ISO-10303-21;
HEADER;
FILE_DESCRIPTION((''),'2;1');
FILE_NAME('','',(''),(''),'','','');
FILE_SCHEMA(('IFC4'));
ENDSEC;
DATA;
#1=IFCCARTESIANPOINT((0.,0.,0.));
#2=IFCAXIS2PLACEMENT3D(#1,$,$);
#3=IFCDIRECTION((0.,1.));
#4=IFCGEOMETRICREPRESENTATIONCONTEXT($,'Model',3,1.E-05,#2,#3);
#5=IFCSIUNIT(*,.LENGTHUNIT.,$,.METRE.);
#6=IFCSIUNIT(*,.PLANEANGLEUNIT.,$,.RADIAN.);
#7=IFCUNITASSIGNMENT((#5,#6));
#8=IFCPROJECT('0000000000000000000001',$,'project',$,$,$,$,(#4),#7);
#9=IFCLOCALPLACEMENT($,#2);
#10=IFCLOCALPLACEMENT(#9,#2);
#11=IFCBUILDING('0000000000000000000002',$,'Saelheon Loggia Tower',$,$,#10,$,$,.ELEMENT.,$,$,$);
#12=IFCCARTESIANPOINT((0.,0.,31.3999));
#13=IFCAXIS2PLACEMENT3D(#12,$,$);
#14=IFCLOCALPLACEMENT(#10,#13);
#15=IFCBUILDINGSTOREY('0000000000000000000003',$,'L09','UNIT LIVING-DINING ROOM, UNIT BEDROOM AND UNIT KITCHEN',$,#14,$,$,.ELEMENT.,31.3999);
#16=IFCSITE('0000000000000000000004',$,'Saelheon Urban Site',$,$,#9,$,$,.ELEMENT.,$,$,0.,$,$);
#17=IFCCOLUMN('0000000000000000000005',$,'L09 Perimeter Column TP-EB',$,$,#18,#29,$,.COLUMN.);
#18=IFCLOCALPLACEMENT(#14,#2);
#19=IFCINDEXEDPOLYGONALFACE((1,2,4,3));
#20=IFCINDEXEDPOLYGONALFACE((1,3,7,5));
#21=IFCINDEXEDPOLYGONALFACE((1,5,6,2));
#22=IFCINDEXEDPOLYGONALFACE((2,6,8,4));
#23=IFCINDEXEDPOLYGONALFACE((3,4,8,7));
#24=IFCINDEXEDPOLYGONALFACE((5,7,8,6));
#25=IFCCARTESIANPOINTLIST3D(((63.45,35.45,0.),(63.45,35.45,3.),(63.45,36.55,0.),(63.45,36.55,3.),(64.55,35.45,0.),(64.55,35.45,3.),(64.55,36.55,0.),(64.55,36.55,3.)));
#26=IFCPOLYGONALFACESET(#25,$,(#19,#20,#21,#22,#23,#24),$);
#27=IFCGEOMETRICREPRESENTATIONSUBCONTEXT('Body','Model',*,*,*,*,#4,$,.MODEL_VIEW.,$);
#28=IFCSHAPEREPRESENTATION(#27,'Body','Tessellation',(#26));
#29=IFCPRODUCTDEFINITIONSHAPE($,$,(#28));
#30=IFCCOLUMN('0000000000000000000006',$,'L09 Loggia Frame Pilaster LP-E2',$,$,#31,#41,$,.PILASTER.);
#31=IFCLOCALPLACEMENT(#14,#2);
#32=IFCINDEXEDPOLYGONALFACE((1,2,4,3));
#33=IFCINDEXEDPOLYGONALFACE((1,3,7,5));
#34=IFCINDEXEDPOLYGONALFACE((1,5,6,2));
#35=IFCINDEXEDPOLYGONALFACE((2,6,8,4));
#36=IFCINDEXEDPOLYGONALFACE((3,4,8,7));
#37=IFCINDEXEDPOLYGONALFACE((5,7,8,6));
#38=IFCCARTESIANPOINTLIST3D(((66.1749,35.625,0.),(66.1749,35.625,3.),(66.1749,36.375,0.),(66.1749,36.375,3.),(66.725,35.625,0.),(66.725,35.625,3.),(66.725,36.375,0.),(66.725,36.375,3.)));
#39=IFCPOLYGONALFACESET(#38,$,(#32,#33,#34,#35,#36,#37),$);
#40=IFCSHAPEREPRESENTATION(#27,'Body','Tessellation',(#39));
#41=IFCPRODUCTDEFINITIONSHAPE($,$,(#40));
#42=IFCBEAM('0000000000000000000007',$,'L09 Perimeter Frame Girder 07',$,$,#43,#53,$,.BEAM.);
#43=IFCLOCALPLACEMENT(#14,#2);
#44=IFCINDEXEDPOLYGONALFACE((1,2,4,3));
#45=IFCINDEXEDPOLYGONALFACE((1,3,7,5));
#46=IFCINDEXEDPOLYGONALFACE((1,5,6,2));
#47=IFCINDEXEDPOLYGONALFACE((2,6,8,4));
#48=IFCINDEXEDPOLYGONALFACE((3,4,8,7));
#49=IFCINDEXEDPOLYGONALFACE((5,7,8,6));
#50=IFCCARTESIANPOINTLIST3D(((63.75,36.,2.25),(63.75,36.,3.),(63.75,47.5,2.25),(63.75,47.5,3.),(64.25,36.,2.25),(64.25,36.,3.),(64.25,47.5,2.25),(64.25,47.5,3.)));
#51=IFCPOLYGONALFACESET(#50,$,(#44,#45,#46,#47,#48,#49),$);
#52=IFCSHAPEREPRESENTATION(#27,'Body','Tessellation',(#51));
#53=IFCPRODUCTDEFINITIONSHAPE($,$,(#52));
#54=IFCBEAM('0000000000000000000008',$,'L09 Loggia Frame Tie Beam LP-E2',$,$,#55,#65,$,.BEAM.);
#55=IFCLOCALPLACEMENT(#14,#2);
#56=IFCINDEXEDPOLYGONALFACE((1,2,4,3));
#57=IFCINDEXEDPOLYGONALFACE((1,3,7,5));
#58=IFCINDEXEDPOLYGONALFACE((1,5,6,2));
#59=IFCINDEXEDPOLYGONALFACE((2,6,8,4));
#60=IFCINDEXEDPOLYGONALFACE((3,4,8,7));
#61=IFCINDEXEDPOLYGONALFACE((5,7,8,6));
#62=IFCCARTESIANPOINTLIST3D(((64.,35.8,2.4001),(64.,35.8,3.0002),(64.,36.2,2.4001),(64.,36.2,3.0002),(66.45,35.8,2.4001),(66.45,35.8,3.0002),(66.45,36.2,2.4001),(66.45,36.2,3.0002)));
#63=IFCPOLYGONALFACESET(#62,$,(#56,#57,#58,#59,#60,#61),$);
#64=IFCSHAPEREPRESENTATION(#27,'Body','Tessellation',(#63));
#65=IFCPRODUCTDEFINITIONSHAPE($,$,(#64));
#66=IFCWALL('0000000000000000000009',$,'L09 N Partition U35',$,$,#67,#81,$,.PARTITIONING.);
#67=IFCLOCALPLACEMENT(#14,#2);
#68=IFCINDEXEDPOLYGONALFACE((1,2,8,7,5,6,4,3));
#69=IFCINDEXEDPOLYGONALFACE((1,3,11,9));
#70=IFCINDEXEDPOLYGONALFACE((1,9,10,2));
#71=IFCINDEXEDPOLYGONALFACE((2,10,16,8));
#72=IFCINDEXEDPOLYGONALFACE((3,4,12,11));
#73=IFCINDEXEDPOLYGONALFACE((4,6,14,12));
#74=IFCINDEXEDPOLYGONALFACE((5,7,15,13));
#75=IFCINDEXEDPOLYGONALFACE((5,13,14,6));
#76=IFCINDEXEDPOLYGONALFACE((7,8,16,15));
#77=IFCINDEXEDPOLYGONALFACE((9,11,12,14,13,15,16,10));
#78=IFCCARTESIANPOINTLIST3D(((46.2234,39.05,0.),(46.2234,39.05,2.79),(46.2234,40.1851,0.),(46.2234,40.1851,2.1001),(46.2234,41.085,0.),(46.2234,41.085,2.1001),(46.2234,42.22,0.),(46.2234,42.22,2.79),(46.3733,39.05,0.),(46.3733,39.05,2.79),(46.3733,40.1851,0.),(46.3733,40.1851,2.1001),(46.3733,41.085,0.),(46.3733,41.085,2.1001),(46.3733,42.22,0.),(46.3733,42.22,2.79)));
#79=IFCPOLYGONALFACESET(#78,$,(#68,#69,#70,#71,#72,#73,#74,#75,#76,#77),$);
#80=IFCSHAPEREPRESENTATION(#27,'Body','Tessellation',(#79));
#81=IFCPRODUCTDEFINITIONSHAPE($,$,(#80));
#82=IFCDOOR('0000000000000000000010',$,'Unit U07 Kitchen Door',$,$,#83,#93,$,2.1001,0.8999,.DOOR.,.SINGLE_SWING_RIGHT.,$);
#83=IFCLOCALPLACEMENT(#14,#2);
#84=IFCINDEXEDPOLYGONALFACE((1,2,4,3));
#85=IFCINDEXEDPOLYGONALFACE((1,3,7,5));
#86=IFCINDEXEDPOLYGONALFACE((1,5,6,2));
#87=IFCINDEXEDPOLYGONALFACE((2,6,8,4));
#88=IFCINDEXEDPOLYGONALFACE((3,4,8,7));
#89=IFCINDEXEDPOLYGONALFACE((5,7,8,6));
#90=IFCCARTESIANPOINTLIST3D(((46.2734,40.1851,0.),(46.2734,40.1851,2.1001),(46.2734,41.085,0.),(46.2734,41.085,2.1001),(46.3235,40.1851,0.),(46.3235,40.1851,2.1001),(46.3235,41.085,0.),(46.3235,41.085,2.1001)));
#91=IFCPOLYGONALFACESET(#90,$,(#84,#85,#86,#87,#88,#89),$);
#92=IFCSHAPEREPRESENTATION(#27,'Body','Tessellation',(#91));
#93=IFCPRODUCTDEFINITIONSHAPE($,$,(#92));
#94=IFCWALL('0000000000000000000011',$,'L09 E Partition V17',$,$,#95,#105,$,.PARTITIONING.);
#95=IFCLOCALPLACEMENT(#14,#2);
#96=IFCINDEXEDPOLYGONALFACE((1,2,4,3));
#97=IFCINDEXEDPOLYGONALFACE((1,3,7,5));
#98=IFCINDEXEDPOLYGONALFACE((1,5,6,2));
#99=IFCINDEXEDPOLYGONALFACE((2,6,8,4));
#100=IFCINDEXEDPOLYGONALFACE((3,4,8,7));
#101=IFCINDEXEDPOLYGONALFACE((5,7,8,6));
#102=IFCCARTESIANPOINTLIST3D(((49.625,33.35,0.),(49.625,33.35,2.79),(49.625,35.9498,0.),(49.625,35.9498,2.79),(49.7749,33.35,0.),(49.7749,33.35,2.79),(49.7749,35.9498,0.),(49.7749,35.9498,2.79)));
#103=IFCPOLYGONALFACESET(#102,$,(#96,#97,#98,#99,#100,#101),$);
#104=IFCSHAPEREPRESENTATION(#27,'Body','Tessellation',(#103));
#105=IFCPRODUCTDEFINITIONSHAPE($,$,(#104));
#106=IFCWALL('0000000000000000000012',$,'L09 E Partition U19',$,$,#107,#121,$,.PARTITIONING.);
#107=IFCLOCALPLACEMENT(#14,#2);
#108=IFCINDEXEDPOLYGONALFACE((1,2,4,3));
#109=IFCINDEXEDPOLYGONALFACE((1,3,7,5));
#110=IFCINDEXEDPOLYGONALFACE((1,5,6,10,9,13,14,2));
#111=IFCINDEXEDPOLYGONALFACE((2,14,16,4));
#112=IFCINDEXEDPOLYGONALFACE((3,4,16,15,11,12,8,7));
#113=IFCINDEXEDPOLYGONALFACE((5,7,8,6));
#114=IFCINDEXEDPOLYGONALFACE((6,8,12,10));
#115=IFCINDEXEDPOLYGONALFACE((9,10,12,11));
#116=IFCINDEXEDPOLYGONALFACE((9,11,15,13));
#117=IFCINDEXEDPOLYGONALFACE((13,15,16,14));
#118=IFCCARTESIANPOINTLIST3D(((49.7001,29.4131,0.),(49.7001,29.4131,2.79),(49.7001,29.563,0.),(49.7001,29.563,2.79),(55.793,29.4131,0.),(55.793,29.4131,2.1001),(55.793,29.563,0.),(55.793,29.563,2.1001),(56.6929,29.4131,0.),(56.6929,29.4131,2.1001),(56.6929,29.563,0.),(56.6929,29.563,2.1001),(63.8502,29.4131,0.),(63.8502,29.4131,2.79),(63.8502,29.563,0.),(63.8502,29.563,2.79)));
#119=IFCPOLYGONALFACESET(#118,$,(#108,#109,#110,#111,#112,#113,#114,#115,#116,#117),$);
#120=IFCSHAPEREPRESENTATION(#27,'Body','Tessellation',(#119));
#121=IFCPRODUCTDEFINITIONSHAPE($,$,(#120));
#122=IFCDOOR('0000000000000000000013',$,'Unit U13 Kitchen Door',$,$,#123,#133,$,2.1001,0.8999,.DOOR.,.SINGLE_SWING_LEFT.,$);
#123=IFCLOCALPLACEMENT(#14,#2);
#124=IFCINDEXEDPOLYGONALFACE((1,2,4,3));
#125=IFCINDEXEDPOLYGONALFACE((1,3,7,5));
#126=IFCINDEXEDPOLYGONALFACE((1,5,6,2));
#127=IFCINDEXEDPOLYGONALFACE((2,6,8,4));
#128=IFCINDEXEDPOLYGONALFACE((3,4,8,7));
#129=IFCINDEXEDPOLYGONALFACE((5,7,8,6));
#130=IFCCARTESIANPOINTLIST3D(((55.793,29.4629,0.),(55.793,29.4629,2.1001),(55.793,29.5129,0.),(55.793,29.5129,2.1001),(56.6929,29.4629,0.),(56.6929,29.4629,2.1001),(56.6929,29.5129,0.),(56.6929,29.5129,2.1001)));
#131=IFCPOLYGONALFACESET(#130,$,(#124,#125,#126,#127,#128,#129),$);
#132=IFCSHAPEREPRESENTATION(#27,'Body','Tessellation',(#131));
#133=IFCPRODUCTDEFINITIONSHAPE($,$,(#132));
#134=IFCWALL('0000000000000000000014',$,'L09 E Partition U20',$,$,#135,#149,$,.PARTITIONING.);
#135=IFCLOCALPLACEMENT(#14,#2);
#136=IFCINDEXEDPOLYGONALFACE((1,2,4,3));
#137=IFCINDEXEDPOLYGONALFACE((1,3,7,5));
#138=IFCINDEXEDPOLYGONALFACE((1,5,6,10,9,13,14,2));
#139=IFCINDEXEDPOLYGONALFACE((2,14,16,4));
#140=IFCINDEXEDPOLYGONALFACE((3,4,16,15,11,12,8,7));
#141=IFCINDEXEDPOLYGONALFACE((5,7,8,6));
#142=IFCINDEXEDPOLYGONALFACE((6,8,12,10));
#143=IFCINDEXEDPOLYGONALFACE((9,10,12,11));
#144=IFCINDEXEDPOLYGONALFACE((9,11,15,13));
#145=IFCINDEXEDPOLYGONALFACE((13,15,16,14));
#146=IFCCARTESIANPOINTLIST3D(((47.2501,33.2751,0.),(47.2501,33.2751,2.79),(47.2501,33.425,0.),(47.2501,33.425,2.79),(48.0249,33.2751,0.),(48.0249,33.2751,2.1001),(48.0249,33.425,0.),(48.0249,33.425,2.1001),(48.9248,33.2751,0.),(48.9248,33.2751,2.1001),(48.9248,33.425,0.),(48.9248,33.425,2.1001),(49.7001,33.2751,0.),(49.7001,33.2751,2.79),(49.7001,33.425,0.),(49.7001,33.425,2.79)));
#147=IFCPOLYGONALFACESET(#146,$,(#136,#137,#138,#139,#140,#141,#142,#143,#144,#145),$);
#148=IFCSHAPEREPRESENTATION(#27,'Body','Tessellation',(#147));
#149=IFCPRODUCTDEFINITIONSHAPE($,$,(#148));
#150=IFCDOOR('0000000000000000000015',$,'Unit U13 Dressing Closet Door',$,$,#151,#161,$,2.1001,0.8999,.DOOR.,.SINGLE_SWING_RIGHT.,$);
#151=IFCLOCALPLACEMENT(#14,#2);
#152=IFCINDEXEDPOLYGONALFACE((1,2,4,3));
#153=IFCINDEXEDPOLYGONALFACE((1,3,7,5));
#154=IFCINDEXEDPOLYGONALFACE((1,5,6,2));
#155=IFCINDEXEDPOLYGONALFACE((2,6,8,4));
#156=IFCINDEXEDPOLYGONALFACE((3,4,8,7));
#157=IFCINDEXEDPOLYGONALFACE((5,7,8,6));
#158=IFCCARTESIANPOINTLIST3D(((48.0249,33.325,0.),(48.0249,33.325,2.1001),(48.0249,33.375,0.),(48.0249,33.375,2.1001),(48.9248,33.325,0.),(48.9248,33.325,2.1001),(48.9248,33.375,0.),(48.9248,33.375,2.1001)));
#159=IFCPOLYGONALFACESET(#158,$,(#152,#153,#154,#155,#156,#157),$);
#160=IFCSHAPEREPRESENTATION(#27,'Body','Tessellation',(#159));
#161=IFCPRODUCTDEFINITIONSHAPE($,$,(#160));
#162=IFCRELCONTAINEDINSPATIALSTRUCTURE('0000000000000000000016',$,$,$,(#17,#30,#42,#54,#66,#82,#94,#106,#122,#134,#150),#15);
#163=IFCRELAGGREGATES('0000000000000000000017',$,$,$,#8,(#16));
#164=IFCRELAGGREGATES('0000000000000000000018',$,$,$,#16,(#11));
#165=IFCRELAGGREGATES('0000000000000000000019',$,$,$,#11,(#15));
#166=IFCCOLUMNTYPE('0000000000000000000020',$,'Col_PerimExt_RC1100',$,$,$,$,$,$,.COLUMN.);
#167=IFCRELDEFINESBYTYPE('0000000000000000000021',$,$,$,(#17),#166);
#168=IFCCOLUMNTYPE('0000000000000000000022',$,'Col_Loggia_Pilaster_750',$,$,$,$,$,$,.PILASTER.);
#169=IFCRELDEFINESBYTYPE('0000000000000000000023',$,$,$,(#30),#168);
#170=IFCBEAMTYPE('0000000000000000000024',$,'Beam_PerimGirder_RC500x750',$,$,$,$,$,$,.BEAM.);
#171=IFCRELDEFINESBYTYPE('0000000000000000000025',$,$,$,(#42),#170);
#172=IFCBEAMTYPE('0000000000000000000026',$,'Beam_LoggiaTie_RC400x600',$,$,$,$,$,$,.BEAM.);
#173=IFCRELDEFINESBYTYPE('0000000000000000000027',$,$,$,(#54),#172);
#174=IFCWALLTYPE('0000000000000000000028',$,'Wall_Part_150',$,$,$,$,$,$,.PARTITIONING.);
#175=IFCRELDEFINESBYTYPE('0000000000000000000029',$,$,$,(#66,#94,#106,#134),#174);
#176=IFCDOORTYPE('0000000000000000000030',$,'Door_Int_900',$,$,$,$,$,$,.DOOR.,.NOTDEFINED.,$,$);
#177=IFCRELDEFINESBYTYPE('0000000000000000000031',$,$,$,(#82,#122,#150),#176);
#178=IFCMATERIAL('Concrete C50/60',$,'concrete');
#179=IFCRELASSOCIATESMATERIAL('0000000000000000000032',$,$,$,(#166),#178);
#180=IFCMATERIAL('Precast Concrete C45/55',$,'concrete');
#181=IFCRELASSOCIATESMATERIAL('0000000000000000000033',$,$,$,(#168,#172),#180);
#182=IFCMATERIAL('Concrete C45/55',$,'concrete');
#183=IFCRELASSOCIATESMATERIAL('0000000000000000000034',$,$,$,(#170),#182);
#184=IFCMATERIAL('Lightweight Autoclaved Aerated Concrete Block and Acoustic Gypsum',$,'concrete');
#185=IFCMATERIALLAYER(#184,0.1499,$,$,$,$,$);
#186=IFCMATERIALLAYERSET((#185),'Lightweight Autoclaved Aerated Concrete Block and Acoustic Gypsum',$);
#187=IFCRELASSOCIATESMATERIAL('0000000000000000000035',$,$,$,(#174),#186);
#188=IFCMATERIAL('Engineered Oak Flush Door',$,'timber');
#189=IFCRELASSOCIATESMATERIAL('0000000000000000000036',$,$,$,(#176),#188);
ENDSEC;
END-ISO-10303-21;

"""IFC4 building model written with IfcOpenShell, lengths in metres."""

from ifc_helpers import new_model, si_unit, direction, frame, frame_2d, origin, origin_2d, place, context, subcontext, project, spatial, rectangle, extrude, source, transform, mapped, material, layer, layer_set, material_profile, profile_set, type_object, element, fill, save


model = new_model("IFC4")

# Units and contexts
model_context = context("Model", 3, precision=1e-05, world=origin(), true_north=direction((0.0, 1.0)))
body_context = subcontext(model_context, "Body", "Model", "MODEL_VIEW")
ifc_project = project(units=[si_unit("LENGTHUNIT", "METRE"), si_unit("PLANEANGLEUNIT", "RADIAN")], contexts=[model_context])

# Site, building, storey
site_placement = place(None, origin())
site = spatial("IfcSite", under=ifc_project, at=site_placement, Name="Saelheon Urban Site", CompositionType="ELEMENT", RefElevation=0.0)
building_placement = place(site_placement, origin())
building = spatial("IfcBuilding", under=site, at=building_placement, Name="Saelheon Loggia Tower", CompositionType="ELEMENT")
storey_placement = place(building_placement, frame((0.0, 0.0, 31.3999)))
storey = spatial("IfcBuildingStorey", under=building, at=storey_placement, Name="L09", Description="UNIT LIVING-DINING ROOM, UNIT BEDROOM AND UNIT KITCHEN", CompositionType="ELEMENT", Elevation=31.3999)

# Columns
ifc_material_1 = material(Name="Concrete C50/60", Category="concrete")
ifc_material_profile_1 = material_profile(ifc_material_1, rectangle(XDim=1.1001, YDim=1.1001, at=origin_2d()), Name="RC-1100x1100")
ifc_profile_set_1 = profile_set([ifc_material_profile_1], Name="Concrete C50/60")
column_type_1 = type_object("IfcColumnType", Name="Col_PerimExt_RC1100", PredefinedType="COLUMN", material=ifc_profile_set_1)
shared_shape_1 = source(origin(), body_context, "Body", "SweptSolid", [
    extrude(rectangle(XDim=1.1001, YDim=1.1001, at=origin_2d()), origin(), (0.0, 0.0, 1.0), 3.0),
])
column_1_placement = place(storey_placement, frame((64.0, 36.0, 0.0), z_axis=(0.0, 0.0, 1.0), x_axis=(1.0, 0.0, 0.0)))
element("IfcColumn", 1, at=column_1_placement, inside=storey, type_object=column_type_1, Name="L09 Perimeter Column TP-EB", PredefinedType="COLUMN", context=body_context, shape_type="MappedRepresentation", body=[
    mapped(shared_shape_1, transform((0.0, 0.0, 0.0), scale=1.0)),
])
ifc_material_2 = material(Name="Precast Concrete C45/55", Category="concrete")
ifc_material_profile_2 = material_profile(ifc_material_2, rectangle(XDim=0.55, YDim=0.75, at=origin_2d()), Name="RC-550x750")
ifc_profile_set_2 = profile_set([ifc_material_profile_2], Name="Precast Concrete C45/55")
column_type_2 = type_object("IfcColumnType", Name="Col_Loggia_Pilaster_750", PredefinedType="PILASTER", material=ifc_profile_set_2)
shared_shape_2 = source(origin(), body_context, "Body", "SweptSolid", [
    extrude(rectangle(XDim=0.55, YDim=0.75, at=origin_2d()), origin(), (0.0, 0.0, 1.0), 3.0),
])
column_2_placement = place(storey_placement, frame((66.45, 36.0, 0.0), z_axis=(0.0, 0.0, 1.0), x_axis=(1.0, 0.0, 0.0)))
element("IfcColumn", 2, at=column_2_placement, inside=storey, type_object=column_type_2, Name="L09 Loggia Frame Pilaster LP-E2", PredefinedType="PILASTER", context=body_context, shape_type="MappedRepresentation", body=[
    mapped(shared_shape_2, transform((0.0, 0.0, 0.0), scale=1.0)),
])

# Beams
ifc_material_3 = material(Name="Concrete C45/55", Category="concrete")
ifc_material_profile_3 = material_profile(ifc_material_3, rectangle(XDim=0.5, YDim=0.75, at=origin_2d()), Name="RC-500x750")
ifc_profile_set_3 = profile_set([ifc_material_profile_3], Name="Concrete C45/55")
beam_type_1 = type_object("IfcBeamType", Name="Beam_PerimGirder_RC500x750", PredefinedType="BEAM", material=ifc_profile_set_3)
shared_shape_3 = source(origin(), body_context, "Body", "SweptSolid", [
    extrude(rectangle(XDim=0.5, YDim=0.75, at=origin_2d()), origin(), (0.0, 0.0, 1.0), 11.5),
])
beam_1_placement = place(storey_placement, frame((64.0, 36.0, 2.625), z_axis=(0.0, 1.0, 0.0), x_axis=(-1.0, 0.0, 0.0)))
element("IfcBeam", 3, at=beam_1_placement, inside=storey, type_object=beam_type_1, Name="L09 Perimeter Frame Girder 07", PredefinedType="BEAM", context=body_context, shape_type="MappedRepresentation", body=[
    mapped(shared_shape_3, transform((0.0, 0.0, 0.0), scale=1.0)),
])
ifc_material_profile_4 = material_profile(ifc_material_2, rectangle(XDim=0.3999, YDim=0.6001, at=origin_2d()), Name="RC-400x600")
ifc_profile_set_4 = profile_set([ifc_material_profile_4], Name="Precast Concrete C45/55")
beam_type_2 = type_object("IfcBeamType", Name="Beam_LoggiaTie_RC400x600", PredefinedType="BEAM", material=ifc_profile_set_4)
shared_shape_4 = source(origin(), body_context, "Body", "SweptSolid", [
    extrude(rectangle(XDim=0.3999, YDim=0.6001, at=origin_2d()), origin(), (0.0, 0.0, 1.0), 2.45),
])
beam_2_placement = place(storey_placement, frame((64.0, 36.0, 2.7002), z_axis=(1.0, 0.0, 0.0), x_axis=(0.0, 1.0, 0.0)))
element("IfcBeam", 4, at=beam_2_placement, inside=storey, type_object=beam_type_2, Name="L09 Loggia Frame Tie Beam LP-E2", PredefinedType="BEAM", context=body_context, shape_type="MappedRepresentation", body=[
    mapped(shared_shape_4, transform((0.0, 0.0, 0.0), scale=1.0)),
])

# Wall, opening, door
ifc_material_4 = material(Name="Lightweight Autoclaved Aerated Concrete Block and Acoustic Gypsum", Category="concrete")
ifc_layer_1 = layer(ifc_material_4, 0.1499)
ifc_layer_set_1 = layer_set([ifc_layer_1], Name="Lightweight Autoclaved Aerated Concrete Block and Acoustic Gypsum")
wall_type_1 = type_object("IfcWallType", Name="Wall_Part_150", PredefinedType="PARTITIONING", material=ifc_layer_set_1)
wall_1_placement = place(storey_placement, frame((46.2983, 39.05, 0.0), z_axis=(0.0, 0.0, 1.0), x_axis=(0.0, 1.0, 0.0)))
wall_1 = element("IfcWall", 5, at=wall_1_placement, inside=storey, type_object=wall_type_1, Name="L09 N Partition U35", PredefinedType="PARTITIONING", context=body_context, shape_type="SweptSolid", body=[
    extrude(rectangle(XDim=3.1699, YDim=0.1499, at=frame_2d((1.585, 0.0))), origin(), (0.0, 0.0, 1.0), 2.79),
])
opening_1_placement = place(wall_1_placement, frame((1.135, 0.0, 0.0)))
opening_1 = element("IfcOpeningElement", 6, at=opening_1_placement, cuts=wall_1, PredefinedType="OPENING", context=body_context, shape_type="SweptSolid", body=[
    extrude(rectangle(XDim=0.8999, YDim=2.1001, at=frame_2d((0.45, 1.05))), frame((0.0, 0.0869, 0.0), z_axis=(0.0, -1.0, 0.0), x_axis=(1.0, 0.0, 0.0)), (0.0, 0.0, 1.0), 0.1738),
])
ifc_material_5 = material(Name="Engineered Oak Flush Door", Category="timber")
door_type_1 = type_object("IfcDoorType", Name="Door_Int_900", OperationType="NOTDEFINED", PredefinedType="DOOR", material=ifc_material_5)
shared_shape_5 = source(origin(), body_context, "Body", "SweptSolid", [
    extrude(rectangle(XDim=0.8999, YDim=2.1001, at=frame_2d((0.45, 1.05))), frame((0.0, 0.0249, 0.0), z_axis=(0.0, -1.0, 0.0), x_axis=(1.0, 0.0, 0.0)), (0.0, 0.0, 1.0), 0.05),
])
door_1_placement = place(opening_1_placement, origin())
door_1 = element("IfcDoor", 7, at=door_1_placement, inside=storey, type_object=door_type_1, Name="Unit U07 Kitchen Door", OperationType="SINGLE_SWING_RIGHT", OverallHeight=2.1001, OverallWidth=0.8999, PredefinedType="DOOR", context=body_context, shape_type="MappedRepresentation", body=[
    mapped(shared_shape_5, transform((0.0, 0.0, 0.0), scale=1.0)),
])
fill(opening_1, door_1)

# Wall
wall_2_placement = place(storey_placement, frame((49.7, 33.3501, 0.0), z_axis=(0.0, 0.0, 1.0), x_axis=(0.0, 1.0, 0.0)))
element("IfcWall", 8, at=wall_2_placement, inside=storey, type_object=wall_type_1, Name="L09 E Partition V17", PredefinedType="PARTITIONING", context=body_context, shape_type="SweptSolid", body=[
    extrude(rectangle(XDim=2.5999, YDim=0.1499, at=frame_2d((1.2998, 0.0))), origin(), (0.0, 0.0, 1.0), 2.79),
])

# Walls, openings, doors
wall_3_placement = place(storey_placement, frame((49.7, 29.488, 0.0), z_axis=(0.0, 0.0, 1.0), x_axis=(1.0, 0.0, 0.0)))
wall_3 = element("IfcWall", 9, at=wall_3_placement, inside=storey, type_object=wall_type_1, Name="L09 E Partition U19", PredefinedType="PARTITIONING", context=body_context, shape_type="SweptSolid", body=[
    extrude(rectangle(XDim=14.1501, YDim=0.1499, at=frame_2d((7.0752, 0.0))), origin(), (0.0, 0.0, 1.0), 2.79),
])
opening_2_placement = place(wall_3_placement, frame((6.093, 0.0, 0.0)))
opening_2 = element("IfcOpeningElement", 10, at=opening_2_placement, cuts=wall_3, PredefinedType="OPENING", context=body_context, shape_type="SweptSolid", body=[
    extrude(rectangle(XDim=0.8999, YDim=2.1001, at=frame_2d((0.45, 1.05))), frame((0.0, 0.0869, 0.0), z_axis=(0.0, -1.0, 0.0), x_axis=(1.0, 0.0, 0.0)), (0.0, 0.0, 1.0), 0.1738),
])
door_2_placement = place(opening_2_placement, origin())
door_2 = element("IfcDoor", 11, at=door_2_placement, inside=storey, type_object=door_type_1, Name="Unit U13 Kitchen Door", OperationType="SINGLE_SWING_LEFT", OverallHeight=2.1001, OverallWidth=0.8999, PredefinedType="DOOR", context=body_context, shape_type="MappedRepresentation", body=[
    mapped(shared_shape_5, transform((0.0, 0.0, 0.0), scale=1.0)),
])
fill(opening_2, door_2)
wall_4_placement = place(storey_placement, frame((47.25, 33.3501, 0.0), z_axis=(0.0, 0.0, 1.0), x_axis=(1.0, 0.0, 0.0)))
wall_4 = element("IfcWall", 12, at=wall_4_placement, inside=storey, type_object=wall_type_1, Name="L09 E Partition U20", PredefinedType="PARTITIONING", context=body_context, shape_type="SweptSolid", body=[
    extrude(rectangle(XDim=2.45, YDim=0.1499, at=frame_2d((1.2251, 0.0))), origin(), (0.0, 0.0, 1.0), 2.79),
])
opening_3_placement = place(wall_4_placement, frame((0.7749, 0.0, 0.0)))
opening_3 = element("IfcOpeningElement", 13, at=opening_3_placement, cuts=wall_4, PredefinedType="OPENING", context=body_context, shape_type="SweptSolid", body=[
    extrude(rectangle(XDim=0.8999, YDim=2.1001, at=frame_2d((0.45, 1.05))), frame((0.0, 0.0869, 0.0), z_axis=(0.0, -1.0, 0.0), x_axis=(1.0, 0.0, 0.0)), (0.0, 0.0, 1.0), 0.1738),
])
door_3_placement = place(opening_3_placement, origin())
door_3 = element("IfcDoor", 14, at=door_3_placement, inside=storey, type_object=door_type_1, Name="Unit U13 Dressing Closet Door", OperationType="SINGLE_SWING_RIGHT", OverallHeight=2.1001, OverallWidth=0.8999, PredefinedType="DOOR", context=body_context, shape_type="MappedRepresentation", body=[
    mapped(shared_shape_5, transform((0.0, 0.0, 0.0), scale=1.0)),
])
fill(opening_3, door_3)

save(model, "model.ifc")
